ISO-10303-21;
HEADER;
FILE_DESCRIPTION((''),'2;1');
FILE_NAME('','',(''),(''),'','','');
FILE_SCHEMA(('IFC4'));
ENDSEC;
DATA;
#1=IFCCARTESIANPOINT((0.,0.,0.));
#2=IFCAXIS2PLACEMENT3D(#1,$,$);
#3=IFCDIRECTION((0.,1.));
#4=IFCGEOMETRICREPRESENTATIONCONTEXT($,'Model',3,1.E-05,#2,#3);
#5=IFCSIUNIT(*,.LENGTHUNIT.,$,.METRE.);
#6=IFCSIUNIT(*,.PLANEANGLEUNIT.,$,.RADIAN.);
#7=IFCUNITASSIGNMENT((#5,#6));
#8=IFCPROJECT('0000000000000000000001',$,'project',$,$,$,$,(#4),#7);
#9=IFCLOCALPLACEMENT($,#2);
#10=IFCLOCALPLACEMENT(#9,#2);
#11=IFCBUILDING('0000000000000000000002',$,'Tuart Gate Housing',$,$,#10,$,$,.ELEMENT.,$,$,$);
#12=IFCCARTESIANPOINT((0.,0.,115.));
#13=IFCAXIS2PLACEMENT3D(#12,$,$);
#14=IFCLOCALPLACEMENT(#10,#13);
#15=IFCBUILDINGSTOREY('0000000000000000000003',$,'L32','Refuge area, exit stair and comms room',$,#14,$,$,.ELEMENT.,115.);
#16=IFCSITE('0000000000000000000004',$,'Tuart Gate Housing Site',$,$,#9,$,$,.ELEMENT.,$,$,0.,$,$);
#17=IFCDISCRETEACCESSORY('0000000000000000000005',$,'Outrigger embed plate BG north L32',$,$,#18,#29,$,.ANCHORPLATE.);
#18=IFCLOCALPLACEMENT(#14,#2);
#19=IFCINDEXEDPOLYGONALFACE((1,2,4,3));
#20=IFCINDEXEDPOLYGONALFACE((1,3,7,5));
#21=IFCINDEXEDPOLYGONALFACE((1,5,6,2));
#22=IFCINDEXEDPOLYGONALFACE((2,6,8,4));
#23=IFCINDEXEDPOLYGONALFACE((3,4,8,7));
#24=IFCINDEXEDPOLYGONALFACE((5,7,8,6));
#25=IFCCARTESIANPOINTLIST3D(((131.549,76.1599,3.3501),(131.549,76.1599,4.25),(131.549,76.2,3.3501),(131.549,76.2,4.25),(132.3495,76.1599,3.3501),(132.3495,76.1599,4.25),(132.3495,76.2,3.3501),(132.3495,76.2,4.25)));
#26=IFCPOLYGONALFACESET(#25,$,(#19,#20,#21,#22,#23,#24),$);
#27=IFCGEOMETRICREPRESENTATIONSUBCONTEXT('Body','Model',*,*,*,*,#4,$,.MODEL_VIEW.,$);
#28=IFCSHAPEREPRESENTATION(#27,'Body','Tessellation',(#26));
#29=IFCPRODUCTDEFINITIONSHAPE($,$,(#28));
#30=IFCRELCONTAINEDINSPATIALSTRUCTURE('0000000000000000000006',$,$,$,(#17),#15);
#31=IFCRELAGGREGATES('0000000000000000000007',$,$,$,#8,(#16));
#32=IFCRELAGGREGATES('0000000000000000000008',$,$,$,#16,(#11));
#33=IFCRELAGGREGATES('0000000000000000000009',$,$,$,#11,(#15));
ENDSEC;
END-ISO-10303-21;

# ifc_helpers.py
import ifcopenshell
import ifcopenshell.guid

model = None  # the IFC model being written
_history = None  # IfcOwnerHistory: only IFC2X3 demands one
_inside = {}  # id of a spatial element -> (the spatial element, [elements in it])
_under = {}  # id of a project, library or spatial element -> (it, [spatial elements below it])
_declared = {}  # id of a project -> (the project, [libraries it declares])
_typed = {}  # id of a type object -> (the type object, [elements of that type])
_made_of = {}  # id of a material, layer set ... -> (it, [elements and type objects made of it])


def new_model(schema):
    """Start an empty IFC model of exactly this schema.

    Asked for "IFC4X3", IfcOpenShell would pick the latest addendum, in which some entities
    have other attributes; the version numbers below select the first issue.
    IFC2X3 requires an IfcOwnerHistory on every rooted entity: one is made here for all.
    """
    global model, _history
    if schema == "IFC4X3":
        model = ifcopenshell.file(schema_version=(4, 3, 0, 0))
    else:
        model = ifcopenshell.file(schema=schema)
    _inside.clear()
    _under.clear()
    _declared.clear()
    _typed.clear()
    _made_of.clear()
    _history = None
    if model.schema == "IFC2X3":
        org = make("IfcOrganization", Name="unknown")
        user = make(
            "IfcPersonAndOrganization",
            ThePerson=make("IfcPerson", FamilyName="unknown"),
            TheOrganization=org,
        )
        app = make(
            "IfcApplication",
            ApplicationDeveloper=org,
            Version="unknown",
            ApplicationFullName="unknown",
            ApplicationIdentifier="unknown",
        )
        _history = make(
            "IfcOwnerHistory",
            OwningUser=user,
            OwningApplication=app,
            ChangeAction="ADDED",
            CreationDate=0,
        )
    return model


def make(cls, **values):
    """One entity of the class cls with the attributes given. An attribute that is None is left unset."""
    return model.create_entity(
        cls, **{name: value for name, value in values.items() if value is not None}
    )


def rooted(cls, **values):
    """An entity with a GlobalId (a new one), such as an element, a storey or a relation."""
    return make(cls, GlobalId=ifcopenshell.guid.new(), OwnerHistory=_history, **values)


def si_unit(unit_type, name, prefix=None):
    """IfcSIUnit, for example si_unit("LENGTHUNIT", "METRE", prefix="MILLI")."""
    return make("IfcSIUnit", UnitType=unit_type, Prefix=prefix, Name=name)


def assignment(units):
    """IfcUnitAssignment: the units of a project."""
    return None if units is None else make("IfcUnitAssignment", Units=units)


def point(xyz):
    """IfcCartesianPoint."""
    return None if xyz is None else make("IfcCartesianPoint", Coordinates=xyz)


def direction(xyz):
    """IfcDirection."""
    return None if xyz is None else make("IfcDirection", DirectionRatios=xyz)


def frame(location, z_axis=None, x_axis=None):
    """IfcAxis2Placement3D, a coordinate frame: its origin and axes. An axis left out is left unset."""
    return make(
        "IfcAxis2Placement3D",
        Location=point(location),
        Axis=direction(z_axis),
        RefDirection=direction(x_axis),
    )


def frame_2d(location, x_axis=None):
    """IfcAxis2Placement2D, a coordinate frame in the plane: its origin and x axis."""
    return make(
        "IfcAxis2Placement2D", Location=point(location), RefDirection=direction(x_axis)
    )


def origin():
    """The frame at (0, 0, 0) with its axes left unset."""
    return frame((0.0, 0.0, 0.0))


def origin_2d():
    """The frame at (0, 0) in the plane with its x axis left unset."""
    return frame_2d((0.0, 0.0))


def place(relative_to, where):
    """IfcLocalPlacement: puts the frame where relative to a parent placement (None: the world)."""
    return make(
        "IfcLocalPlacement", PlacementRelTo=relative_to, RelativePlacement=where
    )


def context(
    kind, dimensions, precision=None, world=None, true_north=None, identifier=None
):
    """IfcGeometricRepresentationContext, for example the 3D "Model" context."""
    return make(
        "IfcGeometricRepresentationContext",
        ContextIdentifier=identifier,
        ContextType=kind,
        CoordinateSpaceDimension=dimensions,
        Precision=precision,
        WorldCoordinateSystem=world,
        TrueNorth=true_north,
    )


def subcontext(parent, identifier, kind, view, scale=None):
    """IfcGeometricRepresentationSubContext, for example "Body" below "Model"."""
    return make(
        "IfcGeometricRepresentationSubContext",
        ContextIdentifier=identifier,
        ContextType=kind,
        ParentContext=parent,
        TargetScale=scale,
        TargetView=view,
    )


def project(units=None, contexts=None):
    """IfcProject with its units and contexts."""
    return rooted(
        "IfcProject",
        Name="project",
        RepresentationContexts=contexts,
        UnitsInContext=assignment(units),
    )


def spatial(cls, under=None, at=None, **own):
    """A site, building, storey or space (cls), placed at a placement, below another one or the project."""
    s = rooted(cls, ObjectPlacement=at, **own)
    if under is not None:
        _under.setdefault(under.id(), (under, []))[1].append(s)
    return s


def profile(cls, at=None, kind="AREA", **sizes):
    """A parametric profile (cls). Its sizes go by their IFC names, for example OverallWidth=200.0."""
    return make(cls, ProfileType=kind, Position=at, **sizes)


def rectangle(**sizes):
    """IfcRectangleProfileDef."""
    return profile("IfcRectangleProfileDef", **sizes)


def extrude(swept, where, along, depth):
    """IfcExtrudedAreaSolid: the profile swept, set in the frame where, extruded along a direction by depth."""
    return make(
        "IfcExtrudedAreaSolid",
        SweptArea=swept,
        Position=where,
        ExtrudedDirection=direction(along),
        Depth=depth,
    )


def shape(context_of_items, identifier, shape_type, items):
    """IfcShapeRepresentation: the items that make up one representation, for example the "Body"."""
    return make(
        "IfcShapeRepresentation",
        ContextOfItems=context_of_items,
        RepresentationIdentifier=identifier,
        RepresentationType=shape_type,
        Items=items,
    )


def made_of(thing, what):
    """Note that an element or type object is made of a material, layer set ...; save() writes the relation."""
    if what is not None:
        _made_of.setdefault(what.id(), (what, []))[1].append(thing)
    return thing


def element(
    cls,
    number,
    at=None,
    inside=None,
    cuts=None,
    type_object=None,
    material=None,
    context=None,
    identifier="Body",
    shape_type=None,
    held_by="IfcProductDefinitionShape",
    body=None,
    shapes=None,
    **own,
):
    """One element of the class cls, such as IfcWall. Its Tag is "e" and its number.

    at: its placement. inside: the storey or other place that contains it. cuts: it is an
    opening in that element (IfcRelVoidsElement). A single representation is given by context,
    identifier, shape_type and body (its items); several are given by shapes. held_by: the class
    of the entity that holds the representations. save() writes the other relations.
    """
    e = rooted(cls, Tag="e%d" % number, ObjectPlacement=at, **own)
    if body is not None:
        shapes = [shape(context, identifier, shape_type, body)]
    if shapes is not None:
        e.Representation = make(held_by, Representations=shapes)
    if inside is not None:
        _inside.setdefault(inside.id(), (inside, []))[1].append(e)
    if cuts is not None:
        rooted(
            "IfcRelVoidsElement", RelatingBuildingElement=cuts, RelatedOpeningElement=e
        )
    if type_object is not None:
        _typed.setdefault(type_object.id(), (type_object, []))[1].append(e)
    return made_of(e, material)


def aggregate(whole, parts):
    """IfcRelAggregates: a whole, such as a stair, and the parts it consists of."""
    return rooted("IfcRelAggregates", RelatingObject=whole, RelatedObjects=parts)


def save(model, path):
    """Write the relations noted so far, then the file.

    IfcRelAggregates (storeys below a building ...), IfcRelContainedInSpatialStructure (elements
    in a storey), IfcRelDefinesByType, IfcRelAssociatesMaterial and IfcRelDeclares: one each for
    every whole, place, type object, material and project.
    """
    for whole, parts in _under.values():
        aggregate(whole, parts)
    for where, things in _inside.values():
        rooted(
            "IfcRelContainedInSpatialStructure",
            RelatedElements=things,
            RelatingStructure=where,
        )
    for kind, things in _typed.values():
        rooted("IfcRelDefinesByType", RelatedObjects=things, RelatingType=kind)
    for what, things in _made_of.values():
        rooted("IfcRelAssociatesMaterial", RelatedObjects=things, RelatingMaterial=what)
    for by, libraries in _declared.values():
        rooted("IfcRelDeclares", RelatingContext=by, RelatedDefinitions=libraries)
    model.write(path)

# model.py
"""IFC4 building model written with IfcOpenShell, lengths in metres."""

from ifc_helpers import new_model, si_unit, direction, frame, origin, origin_2d, place, context, subcontext, project, spatial, rectangle, extrude, element, save


model = new_model("IFC4")

# Units and contexts
model_context = context("Model", 3, precision=1e-05, world=origin(), true_north=direction((0.0, 1.0)))
body_context = subcontext(model_context, "Body", "Model", "MODEL_VIEW")
ifc_project = project(units=[si_unit("LENGTHUNIT", "METRE"), si_unit("PLANEANGLEUNIT", "RADIAN")], contexts=[model_context])

# Site, building, storey
site_placement = place(None, origin())
site = spatial("IfcSite", under=ifc_project, at=site_placement, Name="Tuart Gate Housing Site", CompositionType="ELEMENT", RefElevation=0.0)
building_placement = place(site_placement, origin())
building = spatial("IfcBuilding", under=site, at=building_placement, Name="Tuart Gate Housing", CompositionType="ELEMENT")
storey_placement = place(building_placement, frame((0.0, 0.0, 115.0)))
storey = spatial("IfcBuildingStorey", under=building, at=storey_placement, Name="L32", Description="Refuge area, exit stair and comms room", CompositionType="ELEMENT", Elevation=115.0)

# Discrete accessory
discrete_accessory_placement = place(storey_placement, frame((131.9492, 76.1799, 3.3501), z_axis=(0.0, 0.0, 1.0), x_axis=(1.0, 0.0, 0.0)))
element("IfcDiscreteAccessory", 1, at=discrete_accessory_placement, inside=storey, Name="Outrigger embed plate BG north L32", PredefinedType="ANCHORPLATE", context=body_context, shape_type="SweptSolid", body=[
    extrude(rectangle(XDim=0.8005, YDim=0.04, at=origin_2d()), origin(), (0.0, 0.0, 1.0), 0.8999),
])

save(model, "model.ifc")
